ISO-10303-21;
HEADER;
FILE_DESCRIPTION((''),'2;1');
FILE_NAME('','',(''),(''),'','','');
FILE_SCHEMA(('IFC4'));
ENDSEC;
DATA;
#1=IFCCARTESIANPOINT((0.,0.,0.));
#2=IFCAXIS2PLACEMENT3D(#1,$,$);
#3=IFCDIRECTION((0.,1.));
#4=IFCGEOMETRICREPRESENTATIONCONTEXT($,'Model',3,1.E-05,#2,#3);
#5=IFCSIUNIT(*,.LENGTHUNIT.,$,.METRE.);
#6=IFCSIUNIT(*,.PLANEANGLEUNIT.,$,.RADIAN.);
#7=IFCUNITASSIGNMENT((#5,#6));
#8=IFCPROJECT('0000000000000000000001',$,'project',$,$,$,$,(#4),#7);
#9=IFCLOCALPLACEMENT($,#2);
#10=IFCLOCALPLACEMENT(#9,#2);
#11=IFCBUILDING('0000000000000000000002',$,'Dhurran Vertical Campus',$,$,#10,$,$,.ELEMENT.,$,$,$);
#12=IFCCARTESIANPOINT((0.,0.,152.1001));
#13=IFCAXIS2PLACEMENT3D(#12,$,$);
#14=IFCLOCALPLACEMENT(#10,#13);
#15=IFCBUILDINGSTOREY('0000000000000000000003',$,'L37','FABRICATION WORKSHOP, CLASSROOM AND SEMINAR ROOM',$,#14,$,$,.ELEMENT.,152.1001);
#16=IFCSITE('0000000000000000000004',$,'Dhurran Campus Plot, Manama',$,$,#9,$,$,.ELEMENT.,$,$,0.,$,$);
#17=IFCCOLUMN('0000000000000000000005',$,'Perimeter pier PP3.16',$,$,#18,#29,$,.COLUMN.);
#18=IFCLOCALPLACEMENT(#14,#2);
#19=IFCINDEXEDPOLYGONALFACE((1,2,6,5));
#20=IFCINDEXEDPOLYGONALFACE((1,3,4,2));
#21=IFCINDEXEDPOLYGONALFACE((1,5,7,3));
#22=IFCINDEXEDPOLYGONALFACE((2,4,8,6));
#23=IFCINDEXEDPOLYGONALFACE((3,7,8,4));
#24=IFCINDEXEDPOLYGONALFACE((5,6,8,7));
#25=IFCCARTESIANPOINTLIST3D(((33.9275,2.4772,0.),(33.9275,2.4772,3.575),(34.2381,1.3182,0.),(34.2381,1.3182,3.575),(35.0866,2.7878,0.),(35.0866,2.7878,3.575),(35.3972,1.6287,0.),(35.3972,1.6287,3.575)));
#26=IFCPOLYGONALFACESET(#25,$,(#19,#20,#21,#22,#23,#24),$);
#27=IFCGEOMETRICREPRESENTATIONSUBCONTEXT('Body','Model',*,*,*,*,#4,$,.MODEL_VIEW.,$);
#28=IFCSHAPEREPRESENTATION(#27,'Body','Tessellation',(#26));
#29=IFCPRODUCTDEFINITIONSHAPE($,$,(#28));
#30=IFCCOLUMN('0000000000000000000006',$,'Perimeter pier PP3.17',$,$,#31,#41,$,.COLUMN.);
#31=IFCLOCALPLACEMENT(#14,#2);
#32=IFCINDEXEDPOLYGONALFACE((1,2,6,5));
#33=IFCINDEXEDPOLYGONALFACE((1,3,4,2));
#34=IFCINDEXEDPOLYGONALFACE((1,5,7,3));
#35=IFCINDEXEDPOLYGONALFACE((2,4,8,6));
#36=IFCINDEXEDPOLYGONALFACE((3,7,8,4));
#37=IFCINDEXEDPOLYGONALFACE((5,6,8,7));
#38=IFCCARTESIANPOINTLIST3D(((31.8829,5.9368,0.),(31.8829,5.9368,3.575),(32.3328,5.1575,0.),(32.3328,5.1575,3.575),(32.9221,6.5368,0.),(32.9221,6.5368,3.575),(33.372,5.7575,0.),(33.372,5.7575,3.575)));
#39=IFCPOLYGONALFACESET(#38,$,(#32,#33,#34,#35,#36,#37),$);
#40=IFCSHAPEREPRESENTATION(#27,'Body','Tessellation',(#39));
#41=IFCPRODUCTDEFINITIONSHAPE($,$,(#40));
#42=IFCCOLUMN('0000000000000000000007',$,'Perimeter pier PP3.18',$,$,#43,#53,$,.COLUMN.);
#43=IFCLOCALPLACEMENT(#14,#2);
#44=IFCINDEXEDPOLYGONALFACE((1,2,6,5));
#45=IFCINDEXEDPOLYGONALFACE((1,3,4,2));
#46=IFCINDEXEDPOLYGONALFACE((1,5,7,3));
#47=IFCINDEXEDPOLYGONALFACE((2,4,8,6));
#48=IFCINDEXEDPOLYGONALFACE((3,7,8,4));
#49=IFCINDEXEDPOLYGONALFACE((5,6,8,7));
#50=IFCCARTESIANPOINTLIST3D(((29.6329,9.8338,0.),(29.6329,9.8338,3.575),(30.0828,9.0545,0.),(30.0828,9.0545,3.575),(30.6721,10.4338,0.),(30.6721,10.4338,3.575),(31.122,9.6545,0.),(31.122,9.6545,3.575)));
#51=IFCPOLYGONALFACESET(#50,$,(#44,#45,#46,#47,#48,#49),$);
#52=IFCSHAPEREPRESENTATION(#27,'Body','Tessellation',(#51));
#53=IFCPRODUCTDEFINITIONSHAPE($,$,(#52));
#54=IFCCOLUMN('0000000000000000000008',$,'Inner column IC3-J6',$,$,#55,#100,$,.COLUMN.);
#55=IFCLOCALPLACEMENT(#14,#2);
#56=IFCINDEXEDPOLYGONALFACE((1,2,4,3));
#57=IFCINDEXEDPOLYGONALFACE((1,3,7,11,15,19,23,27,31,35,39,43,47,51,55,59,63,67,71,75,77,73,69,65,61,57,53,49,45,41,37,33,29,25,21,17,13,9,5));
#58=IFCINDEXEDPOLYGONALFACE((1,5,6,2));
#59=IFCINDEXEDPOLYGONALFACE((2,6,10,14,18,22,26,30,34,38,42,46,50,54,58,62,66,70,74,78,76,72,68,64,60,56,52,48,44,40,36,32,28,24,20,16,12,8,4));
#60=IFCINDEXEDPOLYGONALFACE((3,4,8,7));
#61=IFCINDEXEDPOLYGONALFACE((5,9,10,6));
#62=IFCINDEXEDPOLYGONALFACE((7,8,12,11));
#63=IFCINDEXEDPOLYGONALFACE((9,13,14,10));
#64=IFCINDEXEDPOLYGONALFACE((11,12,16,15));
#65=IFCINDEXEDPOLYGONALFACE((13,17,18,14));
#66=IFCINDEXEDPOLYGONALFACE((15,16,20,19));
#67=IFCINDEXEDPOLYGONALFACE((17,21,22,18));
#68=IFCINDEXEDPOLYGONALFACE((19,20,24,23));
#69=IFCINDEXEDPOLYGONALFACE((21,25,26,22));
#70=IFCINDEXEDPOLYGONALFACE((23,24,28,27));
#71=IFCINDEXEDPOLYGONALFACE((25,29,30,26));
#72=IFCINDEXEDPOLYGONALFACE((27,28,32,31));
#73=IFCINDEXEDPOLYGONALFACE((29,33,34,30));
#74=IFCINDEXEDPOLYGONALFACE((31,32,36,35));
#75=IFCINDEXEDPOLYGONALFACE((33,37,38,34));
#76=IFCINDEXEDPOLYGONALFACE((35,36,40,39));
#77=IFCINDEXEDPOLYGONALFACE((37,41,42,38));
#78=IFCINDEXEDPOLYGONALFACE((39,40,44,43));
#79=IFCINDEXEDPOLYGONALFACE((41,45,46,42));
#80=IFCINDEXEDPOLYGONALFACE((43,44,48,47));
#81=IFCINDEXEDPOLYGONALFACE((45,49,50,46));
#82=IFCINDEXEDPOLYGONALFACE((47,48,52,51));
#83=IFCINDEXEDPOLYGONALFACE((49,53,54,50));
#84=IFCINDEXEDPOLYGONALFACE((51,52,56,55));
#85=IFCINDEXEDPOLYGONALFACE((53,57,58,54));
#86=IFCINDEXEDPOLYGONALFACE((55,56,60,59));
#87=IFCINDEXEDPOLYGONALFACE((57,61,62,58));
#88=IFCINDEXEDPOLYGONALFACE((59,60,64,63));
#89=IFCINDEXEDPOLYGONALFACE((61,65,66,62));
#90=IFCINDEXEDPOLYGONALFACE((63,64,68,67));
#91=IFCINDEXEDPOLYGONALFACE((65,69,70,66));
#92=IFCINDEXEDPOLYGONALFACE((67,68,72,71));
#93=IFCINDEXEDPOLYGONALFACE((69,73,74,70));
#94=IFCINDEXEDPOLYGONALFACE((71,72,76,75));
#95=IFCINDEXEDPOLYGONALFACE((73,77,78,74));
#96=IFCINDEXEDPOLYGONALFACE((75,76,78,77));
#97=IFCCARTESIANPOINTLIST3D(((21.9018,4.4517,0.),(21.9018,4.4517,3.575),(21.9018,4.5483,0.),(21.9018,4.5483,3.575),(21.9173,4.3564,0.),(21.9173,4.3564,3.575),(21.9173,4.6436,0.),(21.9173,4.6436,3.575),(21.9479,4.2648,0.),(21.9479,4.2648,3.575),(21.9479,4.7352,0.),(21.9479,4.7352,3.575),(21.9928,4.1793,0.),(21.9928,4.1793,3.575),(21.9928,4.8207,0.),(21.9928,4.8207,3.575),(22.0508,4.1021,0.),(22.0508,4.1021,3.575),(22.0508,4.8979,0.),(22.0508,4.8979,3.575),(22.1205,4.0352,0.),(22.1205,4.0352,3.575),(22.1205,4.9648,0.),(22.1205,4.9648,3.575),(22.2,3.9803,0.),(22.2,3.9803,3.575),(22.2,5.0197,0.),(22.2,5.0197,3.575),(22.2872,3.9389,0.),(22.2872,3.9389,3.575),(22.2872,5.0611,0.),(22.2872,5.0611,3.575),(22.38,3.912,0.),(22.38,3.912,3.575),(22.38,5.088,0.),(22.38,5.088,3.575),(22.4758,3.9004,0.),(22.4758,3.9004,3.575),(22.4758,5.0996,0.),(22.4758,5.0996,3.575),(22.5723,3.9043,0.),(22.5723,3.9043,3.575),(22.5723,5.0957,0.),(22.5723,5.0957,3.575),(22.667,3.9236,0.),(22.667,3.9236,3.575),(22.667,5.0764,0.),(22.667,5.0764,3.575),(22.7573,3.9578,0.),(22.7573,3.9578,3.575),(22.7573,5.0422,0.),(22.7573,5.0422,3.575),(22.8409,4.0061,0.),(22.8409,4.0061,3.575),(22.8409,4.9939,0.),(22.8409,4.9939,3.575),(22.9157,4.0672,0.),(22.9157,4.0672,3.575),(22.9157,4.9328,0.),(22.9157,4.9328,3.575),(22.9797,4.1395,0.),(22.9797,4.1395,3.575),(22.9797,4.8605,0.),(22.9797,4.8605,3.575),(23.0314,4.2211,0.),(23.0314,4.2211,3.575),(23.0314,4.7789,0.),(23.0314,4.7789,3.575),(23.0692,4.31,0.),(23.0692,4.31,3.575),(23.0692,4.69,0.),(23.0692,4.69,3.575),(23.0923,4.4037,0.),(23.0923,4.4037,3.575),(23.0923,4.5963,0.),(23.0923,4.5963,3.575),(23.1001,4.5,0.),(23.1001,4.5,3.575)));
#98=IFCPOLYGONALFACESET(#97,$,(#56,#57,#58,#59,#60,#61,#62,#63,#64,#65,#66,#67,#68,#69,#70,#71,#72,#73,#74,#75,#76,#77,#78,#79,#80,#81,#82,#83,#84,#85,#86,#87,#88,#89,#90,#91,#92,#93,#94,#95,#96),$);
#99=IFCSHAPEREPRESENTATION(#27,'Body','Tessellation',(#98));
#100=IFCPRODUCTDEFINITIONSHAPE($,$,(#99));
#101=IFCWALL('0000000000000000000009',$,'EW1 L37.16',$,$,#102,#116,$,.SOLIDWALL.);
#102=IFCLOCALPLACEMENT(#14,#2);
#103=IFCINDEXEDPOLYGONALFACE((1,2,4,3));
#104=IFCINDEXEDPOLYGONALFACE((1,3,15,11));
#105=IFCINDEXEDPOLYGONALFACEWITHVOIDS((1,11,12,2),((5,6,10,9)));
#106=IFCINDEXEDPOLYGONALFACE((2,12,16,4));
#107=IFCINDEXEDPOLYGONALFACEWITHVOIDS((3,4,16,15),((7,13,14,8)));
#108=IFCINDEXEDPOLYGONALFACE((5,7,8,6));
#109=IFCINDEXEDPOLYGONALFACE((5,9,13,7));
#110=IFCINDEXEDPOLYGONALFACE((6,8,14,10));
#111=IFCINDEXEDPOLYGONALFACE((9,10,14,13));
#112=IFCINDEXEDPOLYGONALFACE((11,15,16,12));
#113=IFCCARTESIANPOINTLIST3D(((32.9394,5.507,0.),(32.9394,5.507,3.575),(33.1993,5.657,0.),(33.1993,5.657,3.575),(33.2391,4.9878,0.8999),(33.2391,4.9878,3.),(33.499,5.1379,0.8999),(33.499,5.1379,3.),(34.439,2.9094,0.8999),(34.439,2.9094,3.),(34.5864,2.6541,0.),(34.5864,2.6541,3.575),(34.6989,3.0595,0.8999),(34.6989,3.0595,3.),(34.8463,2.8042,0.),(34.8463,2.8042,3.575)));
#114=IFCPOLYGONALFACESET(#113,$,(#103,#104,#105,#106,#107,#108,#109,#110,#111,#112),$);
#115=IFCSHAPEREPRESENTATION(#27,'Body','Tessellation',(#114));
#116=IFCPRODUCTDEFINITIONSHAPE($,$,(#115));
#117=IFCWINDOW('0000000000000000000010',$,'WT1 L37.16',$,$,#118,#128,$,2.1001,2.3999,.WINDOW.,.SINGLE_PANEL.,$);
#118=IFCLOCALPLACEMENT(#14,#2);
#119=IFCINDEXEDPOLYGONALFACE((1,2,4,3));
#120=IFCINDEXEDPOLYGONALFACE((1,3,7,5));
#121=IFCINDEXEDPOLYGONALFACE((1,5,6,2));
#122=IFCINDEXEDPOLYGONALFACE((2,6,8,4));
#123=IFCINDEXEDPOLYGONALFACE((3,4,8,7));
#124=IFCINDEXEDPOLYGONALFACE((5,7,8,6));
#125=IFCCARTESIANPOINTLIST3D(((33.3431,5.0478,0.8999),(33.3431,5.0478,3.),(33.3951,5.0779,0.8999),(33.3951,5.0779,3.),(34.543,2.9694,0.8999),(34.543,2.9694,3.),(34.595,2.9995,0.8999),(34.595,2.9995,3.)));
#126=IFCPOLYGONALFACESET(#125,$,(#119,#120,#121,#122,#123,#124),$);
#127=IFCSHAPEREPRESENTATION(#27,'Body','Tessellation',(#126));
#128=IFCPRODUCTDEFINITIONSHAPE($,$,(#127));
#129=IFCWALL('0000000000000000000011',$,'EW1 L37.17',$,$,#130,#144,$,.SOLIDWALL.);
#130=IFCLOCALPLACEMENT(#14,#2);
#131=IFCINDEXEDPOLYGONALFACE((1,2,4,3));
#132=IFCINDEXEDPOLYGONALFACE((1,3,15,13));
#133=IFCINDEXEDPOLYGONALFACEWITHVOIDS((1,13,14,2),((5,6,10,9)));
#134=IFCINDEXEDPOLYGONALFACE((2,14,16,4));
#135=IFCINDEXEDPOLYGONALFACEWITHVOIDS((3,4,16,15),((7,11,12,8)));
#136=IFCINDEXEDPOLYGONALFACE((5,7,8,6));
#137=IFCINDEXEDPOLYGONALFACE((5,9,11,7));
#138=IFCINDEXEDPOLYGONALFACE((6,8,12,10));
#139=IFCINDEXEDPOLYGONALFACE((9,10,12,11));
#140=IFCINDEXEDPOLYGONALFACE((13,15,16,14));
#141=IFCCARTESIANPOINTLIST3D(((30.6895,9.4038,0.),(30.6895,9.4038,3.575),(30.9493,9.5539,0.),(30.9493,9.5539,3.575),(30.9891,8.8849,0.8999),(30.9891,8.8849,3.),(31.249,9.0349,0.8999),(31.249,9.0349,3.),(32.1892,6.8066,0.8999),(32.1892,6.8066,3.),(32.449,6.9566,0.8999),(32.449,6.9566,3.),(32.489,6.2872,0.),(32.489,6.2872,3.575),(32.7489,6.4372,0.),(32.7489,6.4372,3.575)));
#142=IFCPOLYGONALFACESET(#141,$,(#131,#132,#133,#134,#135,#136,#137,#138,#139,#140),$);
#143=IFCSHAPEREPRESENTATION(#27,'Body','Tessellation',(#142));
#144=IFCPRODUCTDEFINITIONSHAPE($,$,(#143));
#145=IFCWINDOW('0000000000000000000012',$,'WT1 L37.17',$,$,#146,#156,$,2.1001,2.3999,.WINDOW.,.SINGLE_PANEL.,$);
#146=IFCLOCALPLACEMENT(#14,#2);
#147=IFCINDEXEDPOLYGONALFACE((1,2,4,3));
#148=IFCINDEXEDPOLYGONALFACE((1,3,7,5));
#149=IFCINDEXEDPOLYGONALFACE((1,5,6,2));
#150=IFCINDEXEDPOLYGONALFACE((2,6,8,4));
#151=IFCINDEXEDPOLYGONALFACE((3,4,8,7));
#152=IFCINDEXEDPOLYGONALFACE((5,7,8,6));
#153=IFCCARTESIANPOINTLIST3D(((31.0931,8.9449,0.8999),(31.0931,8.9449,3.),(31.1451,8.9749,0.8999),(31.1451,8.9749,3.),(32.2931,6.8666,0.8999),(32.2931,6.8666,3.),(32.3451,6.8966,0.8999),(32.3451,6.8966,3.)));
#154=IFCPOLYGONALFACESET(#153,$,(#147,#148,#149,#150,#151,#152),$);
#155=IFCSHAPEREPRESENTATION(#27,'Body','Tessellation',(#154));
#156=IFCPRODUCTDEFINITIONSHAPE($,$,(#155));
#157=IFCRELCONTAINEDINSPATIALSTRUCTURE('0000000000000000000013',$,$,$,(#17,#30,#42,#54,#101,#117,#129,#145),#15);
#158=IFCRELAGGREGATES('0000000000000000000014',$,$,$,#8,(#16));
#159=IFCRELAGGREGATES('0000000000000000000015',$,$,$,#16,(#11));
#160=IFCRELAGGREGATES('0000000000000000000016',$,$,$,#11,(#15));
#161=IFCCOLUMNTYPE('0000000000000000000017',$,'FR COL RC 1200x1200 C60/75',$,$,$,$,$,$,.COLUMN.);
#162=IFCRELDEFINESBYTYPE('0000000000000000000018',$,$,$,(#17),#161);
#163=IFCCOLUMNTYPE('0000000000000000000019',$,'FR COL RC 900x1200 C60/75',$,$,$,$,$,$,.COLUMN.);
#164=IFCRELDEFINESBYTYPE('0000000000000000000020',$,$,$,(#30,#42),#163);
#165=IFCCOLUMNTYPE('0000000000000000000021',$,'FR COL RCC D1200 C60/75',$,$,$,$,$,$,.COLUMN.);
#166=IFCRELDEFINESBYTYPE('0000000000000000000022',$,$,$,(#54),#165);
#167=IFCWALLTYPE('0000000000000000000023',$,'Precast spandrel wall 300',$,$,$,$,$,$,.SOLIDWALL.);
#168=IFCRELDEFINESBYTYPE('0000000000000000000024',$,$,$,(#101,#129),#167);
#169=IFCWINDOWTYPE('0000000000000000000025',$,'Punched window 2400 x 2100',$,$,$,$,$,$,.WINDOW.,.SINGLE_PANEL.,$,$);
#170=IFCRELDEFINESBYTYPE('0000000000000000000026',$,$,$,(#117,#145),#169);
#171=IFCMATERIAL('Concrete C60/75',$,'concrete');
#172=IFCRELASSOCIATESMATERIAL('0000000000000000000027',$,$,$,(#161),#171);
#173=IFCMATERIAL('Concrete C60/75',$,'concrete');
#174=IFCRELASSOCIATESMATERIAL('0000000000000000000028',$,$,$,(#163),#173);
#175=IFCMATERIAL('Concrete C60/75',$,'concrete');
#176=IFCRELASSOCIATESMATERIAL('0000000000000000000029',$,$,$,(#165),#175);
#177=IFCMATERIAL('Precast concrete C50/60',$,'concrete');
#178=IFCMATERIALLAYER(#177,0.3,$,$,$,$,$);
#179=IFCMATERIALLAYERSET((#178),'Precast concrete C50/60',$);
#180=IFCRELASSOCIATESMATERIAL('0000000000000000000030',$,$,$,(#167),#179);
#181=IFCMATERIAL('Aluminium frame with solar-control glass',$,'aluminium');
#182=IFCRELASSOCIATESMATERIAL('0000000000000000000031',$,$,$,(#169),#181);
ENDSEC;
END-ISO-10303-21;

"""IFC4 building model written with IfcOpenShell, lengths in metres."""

from ifc_helpers import new_model, si_unit, direction, frame, frame_2d, origin, origin_2d, place, context, subcontext, project, spatial, rectangle, circle, extrude, material, layer, layer_set, material_profile, profile_set, type_object, element, fill, save


model = new_model("IFC4")

# Units and contexts
model_context = context("Model", 3, precision=1e-05, world=origin(), true_north=direction((0.0, 1.0)))
body_context = subcontext(model_context, "Body", "Model", "MODEL_VIEW")
ifc_project = project(units=[si_unit("LENGTHUNIT", "METRE"), si_unit("PLANEANGLEUNIT", "RADIAN")], contexts=[model_context])

# Site, building, storey
site_placement = place(None, origin())
site = spatial("IfcSite", under=ifc_project, at=site_placement, Name="Dhurran Campus Plot, Manama", CompositionType="ELEMENT", RefElevation=0.0)
building_placement = place(site_placement, origin())
building = spatial("IfcBuilding", under=site, at=building_placement, Name="Dhurran Vertical Campus", CompositionType="ELEMENT")
storey_placement = place(building_placement, frame((0.0, 0.0, 152.1001)))
storey = spatial("IfcBuildingStorey", under=building, at=storey_placement, Name="L37", Description="FABRICATION WORKSHOP, CLASSROOM AND SEMINAR ROOM", CompositionType="ELEMENT", Elevation=152.1001)

# Columns
ifc_material_1 = material(Name="Concrete C60/75", Category="concrete")
ifc_material_profile_1 = material_profile(ifc_material_1, rectangle(XDim=1.2, YDim=1.2, at=origin_2d()), Name="RC 1200x1200")
ifc_profile_set_1 = profile_set([ifc_material_profile_1], Name="Concrete C60/75")
column_type_1 = type_object("IfcColumnType", Name="FR COL RC 1200x1200 C60/75", PredefinedType="COLUMN", material=ifc_profile_set_1)
column_1_placement = place(storey_placement, frame((34.6624, 2.053, 0.0), z_axis=(0.0, 0.0, 1.0), x_axis=(-0.258819, 0.965926, 0.0)))
element("IfcColumn", 1, at=column_1_placement, inside=storey, type_object=column_type_1, Name="Perimeter pier PP3.16", PredefinedType="COLUMN", context=body_context, shape_type="SweptSolid", body=[
    extrude(rectangle(XDim=1.2, YDim=1.2, at=origin_2d()), origin(), (0.0, 0.0, 1.0), 3.575),
])
ifc_material_2 = material(Name="Concrete C60/75", Category="concrete")
ifc_material_profile_2 = material_profile(ifc_material_2, rectangle(XDim=0.8999, YDim=1.2, at=origin_2d()), Name="RC 900x1200")
ifc_profile_set_2 = profile_set([ifc_material_profile_2], Name="Concrete C60/75")
column_type_2 = type_object("IfcColumnType", Name="FR COL RC 900x1200 C60/75", PredefinedType="COLUMN", material=ifc_profile_set_2)
for number, where, z_axis, x_axis, name in (
    (2, (32.6274, 5.8472, 0.0), (0.0, 0.0, 1.0), (-0.5, 0.866025, 0.0), "Perimeter pier PP3.17"),
    (3, (30.3774, 9.7441, 0.0), (0.0, 0.0, 1.0), (-0.5, 0.866025, 0.0), "Perimeter pier PP3.18"),
):
    element("IfcColumn", number, at=place(storey_placement, frame(where, z_axis=z_axis, x_axis=x_axis)), inside=storey, type_object=column_type_2, Name=name, PredefinedType="COLUMN", context=body_context, shape_type="SweptSolid", body=[
        extrude(rectangle(XDim=0.8999, YDim=1.2, at=origin_2d()), origin(), (0.0, 0.0, 1.0), 3.575),
    ])
ifc_material_3 = material(Name="Concrete C60/75", Category="concrete")
ifc_material_profile_3 = material_profile(ifc_material_3, circle(Radius=0.6001, at=origin_2d()), Name="RCC D1200")
ifc_profile_set_3 = profile_set([ifc_material_profile_3], Name="Concrete C60/75")
column_type_3 = type_object("IfcColumnType", Name="FR COL RCC D1200 C60/75", PredefinedType="COLUMN", material=ifc_profile_set_3)
column_2_placement = place(storey_placement, frame((22.5, 4.5, 0.0), z_axis=(0.0, 0.0, 1.0), x_axis=(1.0, 0.0, 0.0)))
element("IfcColumn", 4, at=column_2_placement, inside=storey, type_object=column_type_3, Name="Inner column IC3-J6", PredefinedType="COLUMN", context=body_context, shape_type="SweptSolid", body=[
    extrude(circle(Radius=0.6001, at=origin_2d()), origin(), (0.0, 0.0, 1.0), 3.575),
])

# Walls, openings, windows
ifc_material_4 = material(Name="Precast concrete C50/60", Category="concrete")
ifc_layer_1 = layer(ifc_material_4, 0.3)
ifc_layer_set_1 = layer_set([ifc_layer_1], Name="Precast concrete C50/60")
wall_type_1 = type_object("IfcWallType", Name="Precast spandrel wall 300", PredefinedType="SOLIDWALL", material=ifc_layer_set_1)
wall_1_placement = place(storey_placement, frame((34.7163, 2.7292, 0.0), z_axis=(0.0, 0.0, 1.0), x_axis=(-0.499981, 0.866036, 0.0)))
wall_1 = element("IfcWall", 5, at=wall_1_placement, inside=storey, type_object=wall_type_1, Name="EW1 L37.16", PredefinedType="SOLIDWALL", context=body_context, shape_type="SweptSolid", body=[
    extrude(rectangle(XDim=3.2942, YDim=0.3, at=frame_2d((1.647, 0.0))), origin(), (0.0, 0.0, 1.0), 3.575),
])
opening_1_placement = place(wall_1_placement, frame((0.2947, 0.0, 0.8999)))
opening_1 = element("IfcOpeningElement", 6, at=opening_1_placement, cuts=wall_1, PredefinedType="OPENING", context=body_context, shape_type="SweptSolid", body=[
    extrude(rectangle(XDim=2.3999, YDim=2.1001, at=frame_2d((1.2, 1.05))), frame((0.0, 0.1599, 0.0), z_axis=(0.0, -1.0, 0.0), x_axis=(1.0, 0.0, 0.0)), (0.0, 0.0, 1.0), 0.3201),
])
ifc_material_5 = material(Name="Aluminium frame with solar-control glass", Category="aluminium")
window_type = type_object("IfcWindowType", Name="Punched window 2400 x 2100", PartitioningType="SINGLE_PANEL", PredefinedType="WINDOW", material=ifc_material_5)
window_1_placement = place(opening_1_placement, origin())
window_1 = element("IfcWindow", 7, at=window_1_placement, inside=storey, type_object=window_type, Name="WT1 L37.16", OverallHeight=2.1001, OverallWidth=2.3999, PartitioningType="SINGLE_PANEL", PredefinedType="WINDOW", context=body_context, shape_type="SweptSolid", body=[
    extrude(rectangle(XDim=2.3999, YDim=2.1001, at=frame_2d((1.2, 1.05))), frame((0.0, 0.03, 0.0), z_axis=(0.0, -1.0, 0.0), x_axis=(1.0, 0.0, 0.0)), (0.0, 0.0, 1.0), 0.0601),
])
fill(opening_1, window_1)
wall_2_placement = place(storey_placement, frame((32.6189, 6.3623, 0.0), z_axis=(0.0, 0.0, 1.0), x_axis=(-0.500028, 0.866009, 0.0)))
wall_2 = element("IfcWall", 8, at=wall_2_placement, inside=storey, type_object=wall_type_1, Name="EW1 L37.17", PredefinedType="SOLIDWALL", context=body_context, shape_type="SweptSolid", body=[
    extrude(rectangle(XDim=3.5989, YDim=0.3, at=frame_2d((1.7993, 0.0))), origin(), (0.0, 0.0, 1.0), 3.575),
])
opening_2_placement = place(wall_2_placement, frame((0.5996, 0.0, 0.8999)))
opening_2 = element("IfcOpeningElement", 9, at=opening_2_placement, cuts=wall_2, PredefinedType="OPENING", context=body_context, shape_type="SweptSolid", body=[
    extrude(rectangle(XDim=2.3999, YDim=2.1001, at=frame_2d((1.2, 1.05))), frame((0.0, 0.1599, 0.0), z_axis=(0.0, -1.0, 0.0), x_axis=(1.0, 0.0, 0.0)), (0.0, 0.0, 1.0), 0.3201),
])
window_2_placement = place(opening_2_placement, origin())
window_2 = element("IfcWindow", 10, at=window_2_placement, inside=storey, type_object=window_type, Name="WT1 L37.17", OverallHeight=2.1001, OverallWidth=2.3999, PartitioningType="SINGLE_PANEL", PredefinedType="WINDOW", context=body_context, shape_type="SweptSolid", body=[
    extrude(rectangle(XDim=2.3999, YDim=2.1001, at=frame_2d((1.2, 1.05))), frame((0.0, 0.03, 0.0), z_axis=(0.0, -1.0, 0.0), x_axis=(1.0, 0.0, 0.0)), (0.0, 0.0, 1.0), 0.0601),
])
fill(opening_2, window_2)

save(model, "model.ifc")
